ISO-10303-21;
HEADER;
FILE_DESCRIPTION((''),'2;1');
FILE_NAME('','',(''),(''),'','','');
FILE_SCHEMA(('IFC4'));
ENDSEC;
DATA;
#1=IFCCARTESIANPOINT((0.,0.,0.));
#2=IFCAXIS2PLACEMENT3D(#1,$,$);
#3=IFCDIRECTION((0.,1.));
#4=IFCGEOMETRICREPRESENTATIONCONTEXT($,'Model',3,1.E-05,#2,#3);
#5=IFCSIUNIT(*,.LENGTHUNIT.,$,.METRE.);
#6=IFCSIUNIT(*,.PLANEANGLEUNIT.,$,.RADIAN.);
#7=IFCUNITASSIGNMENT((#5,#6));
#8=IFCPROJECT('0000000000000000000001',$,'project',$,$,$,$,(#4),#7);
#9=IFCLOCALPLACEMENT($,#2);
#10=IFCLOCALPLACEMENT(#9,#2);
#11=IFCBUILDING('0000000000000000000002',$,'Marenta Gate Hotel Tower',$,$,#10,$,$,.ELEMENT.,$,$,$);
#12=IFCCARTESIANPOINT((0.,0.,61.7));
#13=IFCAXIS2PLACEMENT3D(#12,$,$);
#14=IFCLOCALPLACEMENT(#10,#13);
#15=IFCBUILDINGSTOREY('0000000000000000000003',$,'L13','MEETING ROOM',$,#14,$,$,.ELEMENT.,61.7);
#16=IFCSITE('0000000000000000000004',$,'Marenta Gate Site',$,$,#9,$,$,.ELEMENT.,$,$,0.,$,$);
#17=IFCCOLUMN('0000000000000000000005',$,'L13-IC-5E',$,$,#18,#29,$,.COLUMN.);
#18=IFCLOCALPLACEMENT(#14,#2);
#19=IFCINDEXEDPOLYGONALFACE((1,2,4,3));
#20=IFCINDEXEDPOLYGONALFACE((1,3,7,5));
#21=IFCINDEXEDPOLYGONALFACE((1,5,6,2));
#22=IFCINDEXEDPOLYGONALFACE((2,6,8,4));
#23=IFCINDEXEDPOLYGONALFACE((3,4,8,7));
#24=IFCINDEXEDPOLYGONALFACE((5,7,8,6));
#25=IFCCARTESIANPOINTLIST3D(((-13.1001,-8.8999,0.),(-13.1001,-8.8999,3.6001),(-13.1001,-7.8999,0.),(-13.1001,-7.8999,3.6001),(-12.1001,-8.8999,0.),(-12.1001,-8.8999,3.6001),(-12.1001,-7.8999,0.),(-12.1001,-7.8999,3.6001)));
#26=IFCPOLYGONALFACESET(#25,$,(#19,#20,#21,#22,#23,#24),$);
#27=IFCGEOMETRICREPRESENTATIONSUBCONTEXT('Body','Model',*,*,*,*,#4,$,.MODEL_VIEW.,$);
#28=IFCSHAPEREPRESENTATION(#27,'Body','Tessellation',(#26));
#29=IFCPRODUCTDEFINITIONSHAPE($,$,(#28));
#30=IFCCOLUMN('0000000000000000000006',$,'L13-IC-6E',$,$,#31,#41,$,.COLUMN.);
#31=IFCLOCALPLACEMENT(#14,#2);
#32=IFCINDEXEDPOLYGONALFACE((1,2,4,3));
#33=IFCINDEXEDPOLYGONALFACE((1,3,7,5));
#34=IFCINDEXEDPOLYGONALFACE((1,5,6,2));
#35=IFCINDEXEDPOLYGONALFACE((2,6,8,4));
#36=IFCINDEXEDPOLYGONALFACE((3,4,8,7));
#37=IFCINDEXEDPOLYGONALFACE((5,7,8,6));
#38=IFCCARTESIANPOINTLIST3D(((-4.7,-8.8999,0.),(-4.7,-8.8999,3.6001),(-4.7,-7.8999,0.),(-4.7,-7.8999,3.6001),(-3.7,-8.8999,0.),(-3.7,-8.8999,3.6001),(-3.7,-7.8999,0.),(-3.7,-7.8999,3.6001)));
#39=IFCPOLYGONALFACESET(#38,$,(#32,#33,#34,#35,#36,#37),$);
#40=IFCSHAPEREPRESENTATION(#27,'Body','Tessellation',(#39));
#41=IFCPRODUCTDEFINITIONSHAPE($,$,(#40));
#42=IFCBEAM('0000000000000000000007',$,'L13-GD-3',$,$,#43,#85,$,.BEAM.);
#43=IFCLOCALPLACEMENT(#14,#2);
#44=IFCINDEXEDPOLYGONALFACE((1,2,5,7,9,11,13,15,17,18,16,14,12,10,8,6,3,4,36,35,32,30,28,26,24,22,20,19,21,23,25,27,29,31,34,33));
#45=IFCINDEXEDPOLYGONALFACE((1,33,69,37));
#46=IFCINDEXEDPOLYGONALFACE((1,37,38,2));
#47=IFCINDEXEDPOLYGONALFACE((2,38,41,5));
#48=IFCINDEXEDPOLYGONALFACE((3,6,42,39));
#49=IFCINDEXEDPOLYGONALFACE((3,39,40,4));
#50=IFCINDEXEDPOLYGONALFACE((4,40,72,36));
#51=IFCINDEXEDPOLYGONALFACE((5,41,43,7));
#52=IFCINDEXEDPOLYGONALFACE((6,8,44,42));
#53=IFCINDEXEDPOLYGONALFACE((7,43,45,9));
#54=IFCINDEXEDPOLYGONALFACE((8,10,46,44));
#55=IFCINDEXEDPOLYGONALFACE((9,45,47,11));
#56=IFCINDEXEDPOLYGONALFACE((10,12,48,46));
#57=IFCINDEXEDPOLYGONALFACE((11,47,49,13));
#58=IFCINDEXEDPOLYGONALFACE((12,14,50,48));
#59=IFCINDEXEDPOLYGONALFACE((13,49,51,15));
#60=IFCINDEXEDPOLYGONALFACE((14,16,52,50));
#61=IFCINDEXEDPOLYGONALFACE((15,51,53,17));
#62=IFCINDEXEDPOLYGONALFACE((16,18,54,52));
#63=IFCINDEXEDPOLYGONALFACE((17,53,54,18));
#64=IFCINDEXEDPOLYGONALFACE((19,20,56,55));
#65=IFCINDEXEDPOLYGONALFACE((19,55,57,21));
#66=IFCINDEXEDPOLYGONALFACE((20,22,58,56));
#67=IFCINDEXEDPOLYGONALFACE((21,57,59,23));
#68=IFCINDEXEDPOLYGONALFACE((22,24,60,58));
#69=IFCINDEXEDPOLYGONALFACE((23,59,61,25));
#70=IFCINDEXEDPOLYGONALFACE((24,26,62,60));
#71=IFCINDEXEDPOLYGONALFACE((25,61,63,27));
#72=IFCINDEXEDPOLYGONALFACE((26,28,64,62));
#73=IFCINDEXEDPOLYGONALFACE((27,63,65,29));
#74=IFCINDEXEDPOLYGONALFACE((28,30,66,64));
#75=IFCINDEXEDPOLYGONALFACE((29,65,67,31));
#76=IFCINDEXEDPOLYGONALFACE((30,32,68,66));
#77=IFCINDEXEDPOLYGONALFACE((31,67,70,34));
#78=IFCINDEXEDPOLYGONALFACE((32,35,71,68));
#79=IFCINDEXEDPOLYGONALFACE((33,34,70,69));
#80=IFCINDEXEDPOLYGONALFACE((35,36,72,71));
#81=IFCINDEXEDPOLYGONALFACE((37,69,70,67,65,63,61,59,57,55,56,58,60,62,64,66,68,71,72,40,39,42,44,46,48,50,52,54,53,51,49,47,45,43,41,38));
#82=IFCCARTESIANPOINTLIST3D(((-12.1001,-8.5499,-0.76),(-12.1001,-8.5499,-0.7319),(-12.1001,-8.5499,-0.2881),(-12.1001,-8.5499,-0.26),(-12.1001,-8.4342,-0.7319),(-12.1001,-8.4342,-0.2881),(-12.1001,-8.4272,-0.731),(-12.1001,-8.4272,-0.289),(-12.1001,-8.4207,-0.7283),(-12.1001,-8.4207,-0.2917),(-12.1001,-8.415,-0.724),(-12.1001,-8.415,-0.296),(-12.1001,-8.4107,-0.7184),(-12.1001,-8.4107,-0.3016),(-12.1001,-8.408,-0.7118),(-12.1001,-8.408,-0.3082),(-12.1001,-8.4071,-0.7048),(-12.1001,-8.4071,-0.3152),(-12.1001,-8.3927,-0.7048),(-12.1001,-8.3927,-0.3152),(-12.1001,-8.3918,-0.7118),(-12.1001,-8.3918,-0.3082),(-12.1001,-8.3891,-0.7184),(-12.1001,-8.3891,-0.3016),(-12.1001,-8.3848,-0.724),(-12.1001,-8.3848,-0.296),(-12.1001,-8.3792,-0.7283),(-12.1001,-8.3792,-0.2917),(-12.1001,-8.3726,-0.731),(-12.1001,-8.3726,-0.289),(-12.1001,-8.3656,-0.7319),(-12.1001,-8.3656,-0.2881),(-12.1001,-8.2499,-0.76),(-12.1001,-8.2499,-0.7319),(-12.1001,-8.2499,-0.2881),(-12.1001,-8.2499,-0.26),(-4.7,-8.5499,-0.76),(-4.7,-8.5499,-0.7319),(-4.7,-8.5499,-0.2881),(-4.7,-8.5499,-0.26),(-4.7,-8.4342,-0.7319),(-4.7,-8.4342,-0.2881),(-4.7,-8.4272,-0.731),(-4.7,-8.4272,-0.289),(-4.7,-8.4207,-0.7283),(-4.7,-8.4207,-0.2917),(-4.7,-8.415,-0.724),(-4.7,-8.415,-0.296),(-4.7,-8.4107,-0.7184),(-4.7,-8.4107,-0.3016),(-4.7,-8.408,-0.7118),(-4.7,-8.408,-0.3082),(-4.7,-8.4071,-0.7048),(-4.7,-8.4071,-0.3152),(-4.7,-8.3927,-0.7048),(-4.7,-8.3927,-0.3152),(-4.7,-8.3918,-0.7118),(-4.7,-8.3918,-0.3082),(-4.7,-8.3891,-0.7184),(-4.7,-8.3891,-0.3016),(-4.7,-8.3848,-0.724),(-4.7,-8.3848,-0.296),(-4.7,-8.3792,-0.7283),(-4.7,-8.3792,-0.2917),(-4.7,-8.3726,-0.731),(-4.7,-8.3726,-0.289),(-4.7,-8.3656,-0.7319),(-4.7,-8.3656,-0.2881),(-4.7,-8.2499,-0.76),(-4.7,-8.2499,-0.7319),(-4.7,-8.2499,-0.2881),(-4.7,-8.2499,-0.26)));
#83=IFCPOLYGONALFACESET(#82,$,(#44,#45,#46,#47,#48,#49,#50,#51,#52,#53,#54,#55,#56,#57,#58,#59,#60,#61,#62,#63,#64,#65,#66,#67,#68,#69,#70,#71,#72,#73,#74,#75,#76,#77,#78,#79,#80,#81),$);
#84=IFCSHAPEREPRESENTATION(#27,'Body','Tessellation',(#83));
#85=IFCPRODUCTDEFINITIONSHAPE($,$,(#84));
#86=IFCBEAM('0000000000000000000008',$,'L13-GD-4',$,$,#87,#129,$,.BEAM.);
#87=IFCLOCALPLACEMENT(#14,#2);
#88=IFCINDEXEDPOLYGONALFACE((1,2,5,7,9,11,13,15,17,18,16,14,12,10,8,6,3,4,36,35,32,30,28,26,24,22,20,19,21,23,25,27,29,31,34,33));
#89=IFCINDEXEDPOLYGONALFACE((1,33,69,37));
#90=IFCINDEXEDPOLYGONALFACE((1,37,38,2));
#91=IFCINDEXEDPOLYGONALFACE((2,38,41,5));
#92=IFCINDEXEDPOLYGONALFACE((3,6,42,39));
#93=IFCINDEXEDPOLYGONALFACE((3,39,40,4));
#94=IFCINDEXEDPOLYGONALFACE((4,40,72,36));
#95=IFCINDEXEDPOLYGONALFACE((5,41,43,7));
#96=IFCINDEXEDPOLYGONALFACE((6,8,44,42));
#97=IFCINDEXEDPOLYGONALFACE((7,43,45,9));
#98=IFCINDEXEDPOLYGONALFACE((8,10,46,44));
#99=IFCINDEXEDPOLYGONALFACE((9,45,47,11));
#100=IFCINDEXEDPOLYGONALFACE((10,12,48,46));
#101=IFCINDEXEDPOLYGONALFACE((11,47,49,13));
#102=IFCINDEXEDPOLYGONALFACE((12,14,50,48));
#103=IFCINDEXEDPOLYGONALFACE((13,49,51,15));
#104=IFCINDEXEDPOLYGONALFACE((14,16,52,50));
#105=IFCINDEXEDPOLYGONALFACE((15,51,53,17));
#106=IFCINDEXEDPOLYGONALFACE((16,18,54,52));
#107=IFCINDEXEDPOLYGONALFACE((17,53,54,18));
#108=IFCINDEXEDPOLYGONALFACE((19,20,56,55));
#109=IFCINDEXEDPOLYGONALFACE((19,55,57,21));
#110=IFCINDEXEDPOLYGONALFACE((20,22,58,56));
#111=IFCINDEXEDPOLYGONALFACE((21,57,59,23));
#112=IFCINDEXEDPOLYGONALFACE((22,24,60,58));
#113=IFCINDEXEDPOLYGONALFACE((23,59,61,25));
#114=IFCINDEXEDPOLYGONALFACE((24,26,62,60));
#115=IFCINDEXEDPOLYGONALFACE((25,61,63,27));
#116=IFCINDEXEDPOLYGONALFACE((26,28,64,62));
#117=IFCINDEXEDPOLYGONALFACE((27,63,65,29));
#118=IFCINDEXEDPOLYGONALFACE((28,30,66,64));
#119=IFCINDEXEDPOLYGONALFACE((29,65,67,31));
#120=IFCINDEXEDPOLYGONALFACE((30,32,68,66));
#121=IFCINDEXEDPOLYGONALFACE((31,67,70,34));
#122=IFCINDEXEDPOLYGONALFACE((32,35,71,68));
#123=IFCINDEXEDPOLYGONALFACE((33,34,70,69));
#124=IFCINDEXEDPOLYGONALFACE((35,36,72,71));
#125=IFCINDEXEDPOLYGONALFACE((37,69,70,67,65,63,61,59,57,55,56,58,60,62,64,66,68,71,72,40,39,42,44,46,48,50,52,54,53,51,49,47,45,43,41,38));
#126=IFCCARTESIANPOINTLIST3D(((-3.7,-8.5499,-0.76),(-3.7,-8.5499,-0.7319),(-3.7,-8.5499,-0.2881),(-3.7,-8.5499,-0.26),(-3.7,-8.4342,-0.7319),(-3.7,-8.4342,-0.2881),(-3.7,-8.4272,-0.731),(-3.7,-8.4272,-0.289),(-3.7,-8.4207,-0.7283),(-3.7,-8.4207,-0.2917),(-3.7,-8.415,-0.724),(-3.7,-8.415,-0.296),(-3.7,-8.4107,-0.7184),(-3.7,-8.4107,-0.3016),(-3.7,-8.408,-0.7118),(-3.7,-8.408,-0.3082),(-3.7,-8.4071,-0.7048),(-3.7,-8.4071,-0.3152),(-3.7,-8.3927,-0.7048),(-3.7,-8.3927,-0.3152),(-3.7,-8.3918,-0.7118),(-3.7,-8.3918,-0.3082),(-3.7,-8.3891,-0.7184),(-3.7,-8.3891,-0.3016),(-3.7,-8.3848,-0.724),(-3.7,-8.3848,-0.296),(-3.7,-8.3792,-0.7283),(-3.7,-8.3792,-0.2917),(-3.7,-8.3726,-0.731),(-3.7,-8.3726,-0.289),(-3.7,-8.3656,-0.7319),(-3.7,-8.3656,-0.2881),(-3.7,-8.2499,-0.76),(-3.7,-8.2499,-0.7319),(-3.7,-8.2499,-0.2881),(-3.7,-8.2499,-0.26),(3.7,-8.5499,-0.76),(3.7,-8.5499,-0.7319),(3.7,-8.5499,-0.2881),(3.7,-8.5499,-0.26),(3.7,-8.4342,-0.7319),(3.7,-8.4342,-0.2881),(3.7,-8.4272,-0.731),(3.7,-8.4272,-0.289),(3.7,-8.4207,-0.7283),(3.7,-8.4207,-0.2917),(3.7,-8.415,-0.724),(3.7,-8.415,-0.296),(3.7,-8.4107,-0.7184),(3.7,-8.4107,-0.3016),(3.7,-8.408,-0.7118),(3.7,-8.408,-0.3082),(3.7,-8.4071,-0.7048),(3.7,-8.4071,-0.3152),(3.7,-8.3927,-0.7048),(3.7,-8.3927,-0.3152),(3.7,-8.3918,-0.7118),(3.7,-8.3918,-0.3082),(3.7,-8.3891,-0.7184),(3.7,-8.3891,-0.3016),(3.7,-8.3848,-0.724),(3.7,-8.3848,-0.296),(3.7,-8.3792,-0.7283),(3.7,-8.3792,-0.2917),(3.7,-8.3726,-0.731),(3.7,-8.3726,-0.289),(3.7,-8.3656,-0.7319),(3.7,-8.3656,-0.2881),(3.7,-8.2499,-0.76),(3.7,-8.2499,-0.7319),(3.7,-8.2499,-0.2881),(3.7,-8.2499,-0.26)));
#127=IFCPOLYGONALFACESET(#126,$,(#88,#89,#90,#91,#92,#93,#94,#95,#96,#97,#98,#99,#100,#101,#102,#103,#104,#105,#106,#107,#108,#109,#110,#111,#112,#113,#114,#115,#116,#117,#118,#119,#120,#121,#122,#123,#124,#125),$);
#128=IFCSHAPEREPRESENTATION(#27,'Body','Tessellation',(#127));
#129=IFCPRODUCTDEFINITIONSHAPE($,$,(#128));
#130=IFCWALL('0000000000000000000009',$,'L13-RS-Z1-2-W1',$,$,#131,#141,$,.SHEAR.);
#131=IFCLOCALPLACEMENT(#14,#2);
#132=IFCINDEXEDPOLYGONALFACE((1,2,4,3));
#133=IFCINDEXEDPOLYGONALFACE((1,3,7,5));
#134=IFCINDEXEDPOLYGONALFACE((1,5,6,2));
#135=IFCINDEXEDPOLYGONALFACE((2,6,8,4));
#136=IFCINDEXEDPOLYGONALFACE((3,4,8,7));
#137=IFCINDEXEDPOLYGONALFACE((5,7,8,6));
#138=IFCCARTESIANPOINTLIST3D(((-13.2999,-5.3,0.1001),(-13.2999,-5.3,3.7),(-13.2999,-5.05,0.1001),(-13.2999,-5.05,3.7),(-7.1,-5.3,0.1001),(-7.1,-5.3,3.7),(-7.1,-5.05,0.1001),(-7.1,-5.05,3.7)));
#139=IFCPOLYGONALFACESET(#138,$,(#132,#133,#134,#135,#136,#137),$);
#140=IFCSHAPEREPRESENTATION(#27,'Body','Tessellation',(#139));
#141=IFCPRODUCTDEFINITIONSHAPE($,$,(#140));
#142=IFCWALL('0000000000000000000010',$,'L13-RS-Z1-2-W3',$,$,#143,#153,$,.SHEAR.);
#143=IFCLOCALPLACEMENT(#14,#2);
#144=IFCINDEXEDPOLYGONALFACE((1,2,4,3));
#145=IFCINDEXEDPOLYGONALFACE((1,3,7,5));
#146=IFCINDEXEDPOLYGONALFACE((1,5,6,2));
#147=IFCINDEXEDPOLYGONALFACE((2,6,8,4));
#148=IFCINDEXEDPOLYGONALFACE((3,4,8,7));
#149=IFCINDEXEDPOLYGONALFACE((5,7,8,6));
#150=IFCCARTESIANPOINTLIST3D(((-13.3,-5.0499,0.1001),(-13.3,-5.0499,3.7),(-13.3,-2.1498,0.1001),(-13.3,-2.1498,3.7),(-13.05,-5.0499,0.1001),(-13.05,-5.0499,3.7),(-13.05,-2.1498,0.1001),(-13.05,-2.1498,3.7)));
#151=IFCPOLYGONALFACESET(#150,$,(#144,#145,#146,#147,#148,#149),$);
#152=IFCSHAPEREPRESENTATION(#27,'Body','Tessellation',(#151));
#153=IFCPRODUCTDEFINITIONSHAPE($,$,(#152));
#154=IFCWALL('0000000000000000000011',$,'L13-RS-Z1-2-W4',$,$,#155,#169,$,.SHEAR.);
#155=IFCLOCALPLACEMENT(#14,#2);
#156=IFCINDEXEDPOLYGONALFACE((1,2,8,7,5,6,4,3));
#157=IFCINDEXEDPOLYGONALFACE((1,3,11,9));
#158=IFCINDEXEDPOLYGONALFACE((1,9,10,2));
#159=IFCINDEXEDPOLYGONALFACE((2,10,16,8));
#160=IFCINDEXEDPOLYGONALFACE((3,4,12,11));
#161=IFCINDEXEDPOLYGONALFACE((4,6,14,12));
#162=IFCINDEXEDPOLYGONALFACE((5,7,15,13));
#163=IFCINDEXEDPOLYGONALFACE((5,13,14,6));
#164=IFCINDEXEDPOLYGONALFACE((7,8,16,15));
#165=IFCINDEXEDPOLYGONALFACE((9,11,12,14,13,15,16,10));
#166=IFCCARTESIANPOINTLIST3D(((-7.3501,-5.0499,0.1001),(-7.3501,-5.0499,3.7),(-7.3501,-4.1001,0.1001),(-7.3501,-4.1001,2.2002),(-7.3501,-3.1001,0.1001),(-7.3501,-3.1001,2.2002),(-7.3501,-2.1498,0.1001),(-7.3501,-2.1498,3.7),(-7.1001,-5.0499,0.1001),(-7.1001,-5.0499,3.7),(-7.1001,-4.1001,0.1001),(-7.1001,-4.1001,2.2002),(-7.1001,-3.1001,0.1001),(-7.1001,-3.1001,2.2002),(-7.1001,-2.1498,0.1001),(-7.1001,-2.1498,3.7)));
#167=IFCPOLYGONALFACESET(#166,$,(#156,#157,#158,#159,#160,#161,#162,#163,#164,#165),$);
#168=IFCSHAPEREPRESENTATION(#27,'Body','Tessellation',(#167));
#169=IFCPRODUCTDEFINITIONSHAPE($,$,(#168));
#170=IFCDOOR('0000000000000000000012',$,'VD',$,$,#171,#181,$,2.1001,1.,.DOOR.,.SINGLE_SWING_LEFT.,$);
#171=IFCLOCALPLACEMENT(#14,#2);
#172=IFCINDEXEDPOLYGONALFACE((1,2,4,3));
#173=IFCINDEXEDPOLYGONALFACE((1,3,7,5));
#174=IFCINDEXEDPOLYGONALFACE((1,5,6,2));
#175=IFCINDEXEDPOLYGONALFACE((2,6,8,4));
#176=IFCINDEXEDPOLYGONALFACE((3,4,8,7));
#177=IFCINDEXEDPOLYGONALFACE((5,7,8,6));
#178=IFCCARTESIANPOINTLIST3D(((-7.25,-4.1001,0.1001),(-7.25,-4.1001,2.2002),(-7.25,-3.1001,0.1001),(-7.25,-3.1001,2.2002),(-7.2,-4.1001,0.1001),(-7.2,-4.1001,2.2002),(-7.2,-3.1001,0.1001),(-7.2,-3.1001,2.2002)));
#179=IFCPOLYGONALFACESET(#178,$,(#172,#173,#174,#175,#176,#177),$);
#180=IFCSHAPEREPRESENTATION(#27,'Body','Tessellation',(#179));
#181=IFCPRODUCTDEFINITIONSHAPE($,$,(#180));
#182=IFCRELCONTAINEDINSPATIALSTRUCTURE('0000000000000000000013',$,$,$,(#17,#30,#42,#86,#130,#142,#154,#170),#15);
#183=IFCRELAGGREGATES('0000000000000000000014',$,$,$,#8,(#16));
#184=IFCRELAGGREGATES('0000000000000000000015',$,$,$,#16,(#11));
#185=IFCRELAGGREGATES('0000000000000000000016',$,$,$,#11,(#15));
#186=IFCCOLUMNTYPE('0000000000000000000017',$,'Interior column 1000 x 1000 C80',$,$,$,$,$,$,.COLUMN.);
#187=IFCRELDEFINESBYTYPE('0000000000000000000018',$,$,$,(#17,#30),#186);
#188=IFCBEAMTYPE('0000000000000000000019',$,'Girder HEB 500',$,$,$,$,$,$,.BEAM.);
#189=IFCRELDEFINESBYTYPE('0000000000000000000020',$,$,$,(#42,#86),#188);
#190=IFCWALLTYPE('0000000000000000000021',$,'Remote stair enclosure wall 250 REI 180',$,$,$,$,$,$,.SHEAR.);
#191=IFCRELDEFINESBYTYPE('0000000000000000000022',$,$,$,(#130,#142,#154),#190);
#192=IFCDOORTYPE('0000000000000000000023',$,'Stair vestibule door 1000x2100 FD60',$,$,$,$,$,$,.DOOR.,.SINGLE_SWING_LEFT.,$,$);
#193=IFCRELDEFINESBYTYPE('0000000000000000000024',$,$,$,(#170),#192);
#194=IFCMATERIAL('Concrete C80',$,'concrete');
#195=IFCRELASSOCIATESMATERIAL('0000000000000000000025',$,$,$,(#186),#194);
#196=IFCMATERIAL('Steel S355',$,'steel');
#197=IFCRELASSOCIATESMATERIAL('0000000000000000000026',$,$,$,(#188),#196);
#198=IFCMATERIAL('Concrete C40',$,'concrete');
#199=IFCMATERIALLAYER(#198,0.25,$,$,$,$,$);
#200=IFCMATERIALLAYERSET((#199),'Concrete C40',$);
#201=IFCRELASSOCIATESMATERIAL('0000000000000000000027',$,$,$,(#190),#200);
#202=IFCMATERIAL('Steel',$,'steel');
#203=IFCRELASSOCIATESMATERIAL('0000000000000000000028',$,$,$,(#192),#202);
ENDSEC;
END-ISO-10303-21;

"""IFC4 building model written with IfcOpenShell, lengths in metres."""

from ifc_helpers import new_model, si_unit, direction, frame, frame_2d, origin, origin_2d, place, context, subcontext, project, spatial, rectangle, i_section, extrude, material, layer, layer_set, material_profile, profile_set, type_object, element, fill, save


model = new_model("IFC4")

# Units and contexts
model_context = context("Model", 3, precision=1e-05, world=origin(), true_north=direction((0.0, 1.0)))
body_context = subcontext(model_context, "Body", "Model", "MODEL_VIEW")
ifc_project = project(units=[si_unit("LENGTHUNIT", "METRE"), si_unit("PLANEANGLEUNIT", "RADIAN")], contexts=[model_context])

# Site, building, storey
site_placement = place(None, origin())
site = spatial("IfcSite", under=ifc_project, at=site_placement, Name="Marenta Gate Site", CompositionType="ELEMENT", RefElevation=0.0)
building_placement = place(site_placement, origin())
building = spatial("IfcBuilding", under=site, at=building_placement, Name="Marenta Gate Hotel Tower", CompositionType="ELEMENT")
storey_placement = place(building_placement, frame((0.0, 0.0, 61.7)))
storey = spatial("IfcBuildingStorey", under=building, at=storey_placement, Name="L13", Description="MEETING ROOM", CompositionType="ELEMENT", Elevation=61.7)

# Columns
ifc_material_1 = material(Name="Concrete C80", Category="concrete")
ifc_material_profile_1 = material_profile(ifc_material_1, rectangle(XDim=1.0, YDim=1.0, at=origin_2d()), Name="1000 x 1000")
ifc_profile_set_1 = profile_set([ifc_material_profile_1], Name="Concrete C80")
column_type = type_object("IfcColumnType", Name="Interior column 1000 x 1000 C80", PredefinedType="COLUMN", material=ifc_profile_set_1)
for number, where, z_axis, x_axis, name in (
    (1, (-12.6001, -8.3999, 0.0), (0.0, 0.0, 1.0), (1.0, 0.0, 0.0), "L13-IC-5E"),
    (2, (-4.2, -8.3999, 0.0), (0.0, 0.0, 1.0), (1.0, 0.0, 0.0), "L13-IC-6E"),
):
    element("IfcColumn", number, at=place(storey_placement, frame(where, z_axis=z_axis, x_axis=x_axis)), inside=storey, type_object=column_type, Name=name, PredefinedType="COLUMN", context=body_context, shape_type="SweptSolid", body=[
        extrude(rectangle(XDim=1.0, YDim=1.0, at=origin_2d()), origin(), (0.0, 0.0, 1.0), 3.6001),
    ])

# Beams
ifc_material_2 = material(Name="Steel S355", Category="steel")
ifc_material_profile_2 = material_profile(ifc_material_2, i_section(OverallWidth=0.3, OverallDepth=0.5, WebThickness=0.0144, FlangeThickness=0.0281, FilletRadius=0.0271, at=origin_2d()), Name="HEB 500")
ifc_profile_set_2 = profile_set([ifc_material_profile_2], Name="Steel S355")
beam_type = type_object("IfcBeamType", Name="Girder HEB 500", PredefinedType="BEAM", material=ifc_profile_set_2)
beam_1_placement = place(storey_placement, frame((-12.1001, -8.3999, -0.51), z_axis=(1.0, 0.0, 0.0), x_axis=(0.0, 1.0, 0.0)))
element("IfcBeam", 3, at=beam_1_placement, inside=storey, type_object=beam_type, Name="L13-GD-3", PredefinedType="BEAM", context=body_context, shape_type="SweptSolid", body=[
    extrude(i_section(OverallWidth=0.3, OverallDepth=0.5, WebThickness=0.0144, FlangeThickness=0.0281, FilletRadius=0.0271, at=origin_2d()), origin(), (0.0, 0.0, 1.0), 7.4001),
])
beam_2_placement = place(storey_placement, frame((-3.7, -8.3999, -0.51), z_axis=(1.0, 0.0, 0.0), x_axis=(0.0, 1.0, 0.0)))
element("IfcBeam", 4, at=beam_2_placement, inside=storey, type_object=beam_type, Name="L13-GD-4", PredefinedType="BEAM", context=body_context, shape_type="SweptSolid", body=[
    extrude(i_section(OverallWidth=0.3, OverallDepth=0.5, WebThickness=0.0144, FlangeThickness=0.0281, FilletRadius=0.0271, at=origin_2d()), origin(), (0.0, 0.0, 1.0), 7.3999),
])

# Walls
ifc_material_3 = material(Name="Concrete C40", Category="concrete")
ifc_layer_1 = layer(ifc_material_3, 0.25)
ifc_layer_set_1 = layer_set([ifc_layer_1], Name="Concrete C40")
wall_type_1 = type_object("IfcWallType", Name="Remote stair enclosure wall 250 REI 180", PredefinedType="SHEAR", material=ifc_layer_set_1)
wall_1_placement = place(storey_placement, frame((-13.3, -5.175, 0.1001), z_axis=(0.0, 0.0, 1.0), x_axis=(1.0, 0.0, 0.0)))
element("IfcWall", 5, at=wall_1_placement, inside=storey, type_object=wall_type_1, Name="L13-RS-Z1-2-W1", PredefinedType="SHEAR", context=body_context, shape_type="SweptSolid", body=[
    extrude(rectangle(XDim=6.2, YDim=0.25, at=frame_2d((3.1001, 0.0))), origin(), (0.0, 0.0, 1.0), 3.5999),
])
wall_2_placement = place(storey_placement, frame((-13.175, -5.05, 0.1001), z_axis=(0.0, 0.0, 1.0), x_axis=(0.0, 1.0, 0.0)))
element("IfcWall", 6, at=wall_2_placement, inside=storey, type_object=wall_type_1, Name="L13-RS-Z1-2-W3", PredefinedType="SHEAR", context=body_context, shape_type="SweptSolid", body=[
    extrude(rectangle(XDim=2.9001, YDim=0.25, at=frame_2d((1.4502, 0.0))), origin(), (0.0, 0.0, 1.0), 3.5999),
])

# Wall, opening, door
wall_3_placement = place(storey_placement, frame((-7.2251, -5.05, 0.1001), z_axis=(0.0, 0.0, 1.0), x_axis=(0.0, 1.0, 0.0)))
wall_3 = element("IfcWall", 7, at=wall_3_placement, inside=storey, type_object=wall_type_1, Name="L13-RS-Z1-2-W4", PredefinedType="SHEAR", context=body_context, shape_type="SweptSolid", body=[
    extrude(rectangle(XDim=2.9001, YDim=0.25, at=frame_2d((1.4502, 0.0))), origin(), (0.0, 0.0, 1.0), 3.5999),
])
opening_1_placement = place(wall_3_placement, frame((0.95, 0.0, 0.0)))
opening_1 = element("IfcOpeningElement", 8, at=opening_1_placement, cuts=wall_3, PredefinedType="OPENING", context=body_context, shape_type="SweptSolid", body=[
    extrude(rectangle(XDim=1.0, YDim=2.1001, at=frame_2d((0.5, 1.05))), frame((0.0, 0.125, 0.0), z_axis=(0.0, -1.0, 0.0), x_axis=(1.0, 0.0, 0.0)), (0.0, 0.0, 1.0), 0.25),
])
ifc_material_4 = material(Name="Steel", Category="steel")
door_type_1 = type_object("IfcDoorType", Name="Stair vestibule door 1000x2100 FD60", OperationType="SINGLE_SWING_LEFT", PredefinedType="DOOR", material=ifc_material_4)
door_1_placement = place(opening_1_placement, origin())
door_1 = element("IfcDoor", 9, at=door_1_placement, inside=storey, type_object=door_type_1, Name="VD", OperationType="SINGLE_SWING_LEFT", OverallHeight=2.1001, OverallWidth=1.0, PredefinedType="DOOR", context=body_context, shape_type="SweptSolid", body=[
    extrude(rectangle(XDim=1.0, YDim=2.1001, at=frame_2d((0.5, 1.05))), frame((0.0, 0.0249, 0.0), z_axis=(0.0, -1.0, 0.0), x_axis=(1.0, 0.0, 0.0)), (0.0, 0.0, 1.0), 0.05),
])
fill(opening_1, door_1)

save(model, "model.ifc")
